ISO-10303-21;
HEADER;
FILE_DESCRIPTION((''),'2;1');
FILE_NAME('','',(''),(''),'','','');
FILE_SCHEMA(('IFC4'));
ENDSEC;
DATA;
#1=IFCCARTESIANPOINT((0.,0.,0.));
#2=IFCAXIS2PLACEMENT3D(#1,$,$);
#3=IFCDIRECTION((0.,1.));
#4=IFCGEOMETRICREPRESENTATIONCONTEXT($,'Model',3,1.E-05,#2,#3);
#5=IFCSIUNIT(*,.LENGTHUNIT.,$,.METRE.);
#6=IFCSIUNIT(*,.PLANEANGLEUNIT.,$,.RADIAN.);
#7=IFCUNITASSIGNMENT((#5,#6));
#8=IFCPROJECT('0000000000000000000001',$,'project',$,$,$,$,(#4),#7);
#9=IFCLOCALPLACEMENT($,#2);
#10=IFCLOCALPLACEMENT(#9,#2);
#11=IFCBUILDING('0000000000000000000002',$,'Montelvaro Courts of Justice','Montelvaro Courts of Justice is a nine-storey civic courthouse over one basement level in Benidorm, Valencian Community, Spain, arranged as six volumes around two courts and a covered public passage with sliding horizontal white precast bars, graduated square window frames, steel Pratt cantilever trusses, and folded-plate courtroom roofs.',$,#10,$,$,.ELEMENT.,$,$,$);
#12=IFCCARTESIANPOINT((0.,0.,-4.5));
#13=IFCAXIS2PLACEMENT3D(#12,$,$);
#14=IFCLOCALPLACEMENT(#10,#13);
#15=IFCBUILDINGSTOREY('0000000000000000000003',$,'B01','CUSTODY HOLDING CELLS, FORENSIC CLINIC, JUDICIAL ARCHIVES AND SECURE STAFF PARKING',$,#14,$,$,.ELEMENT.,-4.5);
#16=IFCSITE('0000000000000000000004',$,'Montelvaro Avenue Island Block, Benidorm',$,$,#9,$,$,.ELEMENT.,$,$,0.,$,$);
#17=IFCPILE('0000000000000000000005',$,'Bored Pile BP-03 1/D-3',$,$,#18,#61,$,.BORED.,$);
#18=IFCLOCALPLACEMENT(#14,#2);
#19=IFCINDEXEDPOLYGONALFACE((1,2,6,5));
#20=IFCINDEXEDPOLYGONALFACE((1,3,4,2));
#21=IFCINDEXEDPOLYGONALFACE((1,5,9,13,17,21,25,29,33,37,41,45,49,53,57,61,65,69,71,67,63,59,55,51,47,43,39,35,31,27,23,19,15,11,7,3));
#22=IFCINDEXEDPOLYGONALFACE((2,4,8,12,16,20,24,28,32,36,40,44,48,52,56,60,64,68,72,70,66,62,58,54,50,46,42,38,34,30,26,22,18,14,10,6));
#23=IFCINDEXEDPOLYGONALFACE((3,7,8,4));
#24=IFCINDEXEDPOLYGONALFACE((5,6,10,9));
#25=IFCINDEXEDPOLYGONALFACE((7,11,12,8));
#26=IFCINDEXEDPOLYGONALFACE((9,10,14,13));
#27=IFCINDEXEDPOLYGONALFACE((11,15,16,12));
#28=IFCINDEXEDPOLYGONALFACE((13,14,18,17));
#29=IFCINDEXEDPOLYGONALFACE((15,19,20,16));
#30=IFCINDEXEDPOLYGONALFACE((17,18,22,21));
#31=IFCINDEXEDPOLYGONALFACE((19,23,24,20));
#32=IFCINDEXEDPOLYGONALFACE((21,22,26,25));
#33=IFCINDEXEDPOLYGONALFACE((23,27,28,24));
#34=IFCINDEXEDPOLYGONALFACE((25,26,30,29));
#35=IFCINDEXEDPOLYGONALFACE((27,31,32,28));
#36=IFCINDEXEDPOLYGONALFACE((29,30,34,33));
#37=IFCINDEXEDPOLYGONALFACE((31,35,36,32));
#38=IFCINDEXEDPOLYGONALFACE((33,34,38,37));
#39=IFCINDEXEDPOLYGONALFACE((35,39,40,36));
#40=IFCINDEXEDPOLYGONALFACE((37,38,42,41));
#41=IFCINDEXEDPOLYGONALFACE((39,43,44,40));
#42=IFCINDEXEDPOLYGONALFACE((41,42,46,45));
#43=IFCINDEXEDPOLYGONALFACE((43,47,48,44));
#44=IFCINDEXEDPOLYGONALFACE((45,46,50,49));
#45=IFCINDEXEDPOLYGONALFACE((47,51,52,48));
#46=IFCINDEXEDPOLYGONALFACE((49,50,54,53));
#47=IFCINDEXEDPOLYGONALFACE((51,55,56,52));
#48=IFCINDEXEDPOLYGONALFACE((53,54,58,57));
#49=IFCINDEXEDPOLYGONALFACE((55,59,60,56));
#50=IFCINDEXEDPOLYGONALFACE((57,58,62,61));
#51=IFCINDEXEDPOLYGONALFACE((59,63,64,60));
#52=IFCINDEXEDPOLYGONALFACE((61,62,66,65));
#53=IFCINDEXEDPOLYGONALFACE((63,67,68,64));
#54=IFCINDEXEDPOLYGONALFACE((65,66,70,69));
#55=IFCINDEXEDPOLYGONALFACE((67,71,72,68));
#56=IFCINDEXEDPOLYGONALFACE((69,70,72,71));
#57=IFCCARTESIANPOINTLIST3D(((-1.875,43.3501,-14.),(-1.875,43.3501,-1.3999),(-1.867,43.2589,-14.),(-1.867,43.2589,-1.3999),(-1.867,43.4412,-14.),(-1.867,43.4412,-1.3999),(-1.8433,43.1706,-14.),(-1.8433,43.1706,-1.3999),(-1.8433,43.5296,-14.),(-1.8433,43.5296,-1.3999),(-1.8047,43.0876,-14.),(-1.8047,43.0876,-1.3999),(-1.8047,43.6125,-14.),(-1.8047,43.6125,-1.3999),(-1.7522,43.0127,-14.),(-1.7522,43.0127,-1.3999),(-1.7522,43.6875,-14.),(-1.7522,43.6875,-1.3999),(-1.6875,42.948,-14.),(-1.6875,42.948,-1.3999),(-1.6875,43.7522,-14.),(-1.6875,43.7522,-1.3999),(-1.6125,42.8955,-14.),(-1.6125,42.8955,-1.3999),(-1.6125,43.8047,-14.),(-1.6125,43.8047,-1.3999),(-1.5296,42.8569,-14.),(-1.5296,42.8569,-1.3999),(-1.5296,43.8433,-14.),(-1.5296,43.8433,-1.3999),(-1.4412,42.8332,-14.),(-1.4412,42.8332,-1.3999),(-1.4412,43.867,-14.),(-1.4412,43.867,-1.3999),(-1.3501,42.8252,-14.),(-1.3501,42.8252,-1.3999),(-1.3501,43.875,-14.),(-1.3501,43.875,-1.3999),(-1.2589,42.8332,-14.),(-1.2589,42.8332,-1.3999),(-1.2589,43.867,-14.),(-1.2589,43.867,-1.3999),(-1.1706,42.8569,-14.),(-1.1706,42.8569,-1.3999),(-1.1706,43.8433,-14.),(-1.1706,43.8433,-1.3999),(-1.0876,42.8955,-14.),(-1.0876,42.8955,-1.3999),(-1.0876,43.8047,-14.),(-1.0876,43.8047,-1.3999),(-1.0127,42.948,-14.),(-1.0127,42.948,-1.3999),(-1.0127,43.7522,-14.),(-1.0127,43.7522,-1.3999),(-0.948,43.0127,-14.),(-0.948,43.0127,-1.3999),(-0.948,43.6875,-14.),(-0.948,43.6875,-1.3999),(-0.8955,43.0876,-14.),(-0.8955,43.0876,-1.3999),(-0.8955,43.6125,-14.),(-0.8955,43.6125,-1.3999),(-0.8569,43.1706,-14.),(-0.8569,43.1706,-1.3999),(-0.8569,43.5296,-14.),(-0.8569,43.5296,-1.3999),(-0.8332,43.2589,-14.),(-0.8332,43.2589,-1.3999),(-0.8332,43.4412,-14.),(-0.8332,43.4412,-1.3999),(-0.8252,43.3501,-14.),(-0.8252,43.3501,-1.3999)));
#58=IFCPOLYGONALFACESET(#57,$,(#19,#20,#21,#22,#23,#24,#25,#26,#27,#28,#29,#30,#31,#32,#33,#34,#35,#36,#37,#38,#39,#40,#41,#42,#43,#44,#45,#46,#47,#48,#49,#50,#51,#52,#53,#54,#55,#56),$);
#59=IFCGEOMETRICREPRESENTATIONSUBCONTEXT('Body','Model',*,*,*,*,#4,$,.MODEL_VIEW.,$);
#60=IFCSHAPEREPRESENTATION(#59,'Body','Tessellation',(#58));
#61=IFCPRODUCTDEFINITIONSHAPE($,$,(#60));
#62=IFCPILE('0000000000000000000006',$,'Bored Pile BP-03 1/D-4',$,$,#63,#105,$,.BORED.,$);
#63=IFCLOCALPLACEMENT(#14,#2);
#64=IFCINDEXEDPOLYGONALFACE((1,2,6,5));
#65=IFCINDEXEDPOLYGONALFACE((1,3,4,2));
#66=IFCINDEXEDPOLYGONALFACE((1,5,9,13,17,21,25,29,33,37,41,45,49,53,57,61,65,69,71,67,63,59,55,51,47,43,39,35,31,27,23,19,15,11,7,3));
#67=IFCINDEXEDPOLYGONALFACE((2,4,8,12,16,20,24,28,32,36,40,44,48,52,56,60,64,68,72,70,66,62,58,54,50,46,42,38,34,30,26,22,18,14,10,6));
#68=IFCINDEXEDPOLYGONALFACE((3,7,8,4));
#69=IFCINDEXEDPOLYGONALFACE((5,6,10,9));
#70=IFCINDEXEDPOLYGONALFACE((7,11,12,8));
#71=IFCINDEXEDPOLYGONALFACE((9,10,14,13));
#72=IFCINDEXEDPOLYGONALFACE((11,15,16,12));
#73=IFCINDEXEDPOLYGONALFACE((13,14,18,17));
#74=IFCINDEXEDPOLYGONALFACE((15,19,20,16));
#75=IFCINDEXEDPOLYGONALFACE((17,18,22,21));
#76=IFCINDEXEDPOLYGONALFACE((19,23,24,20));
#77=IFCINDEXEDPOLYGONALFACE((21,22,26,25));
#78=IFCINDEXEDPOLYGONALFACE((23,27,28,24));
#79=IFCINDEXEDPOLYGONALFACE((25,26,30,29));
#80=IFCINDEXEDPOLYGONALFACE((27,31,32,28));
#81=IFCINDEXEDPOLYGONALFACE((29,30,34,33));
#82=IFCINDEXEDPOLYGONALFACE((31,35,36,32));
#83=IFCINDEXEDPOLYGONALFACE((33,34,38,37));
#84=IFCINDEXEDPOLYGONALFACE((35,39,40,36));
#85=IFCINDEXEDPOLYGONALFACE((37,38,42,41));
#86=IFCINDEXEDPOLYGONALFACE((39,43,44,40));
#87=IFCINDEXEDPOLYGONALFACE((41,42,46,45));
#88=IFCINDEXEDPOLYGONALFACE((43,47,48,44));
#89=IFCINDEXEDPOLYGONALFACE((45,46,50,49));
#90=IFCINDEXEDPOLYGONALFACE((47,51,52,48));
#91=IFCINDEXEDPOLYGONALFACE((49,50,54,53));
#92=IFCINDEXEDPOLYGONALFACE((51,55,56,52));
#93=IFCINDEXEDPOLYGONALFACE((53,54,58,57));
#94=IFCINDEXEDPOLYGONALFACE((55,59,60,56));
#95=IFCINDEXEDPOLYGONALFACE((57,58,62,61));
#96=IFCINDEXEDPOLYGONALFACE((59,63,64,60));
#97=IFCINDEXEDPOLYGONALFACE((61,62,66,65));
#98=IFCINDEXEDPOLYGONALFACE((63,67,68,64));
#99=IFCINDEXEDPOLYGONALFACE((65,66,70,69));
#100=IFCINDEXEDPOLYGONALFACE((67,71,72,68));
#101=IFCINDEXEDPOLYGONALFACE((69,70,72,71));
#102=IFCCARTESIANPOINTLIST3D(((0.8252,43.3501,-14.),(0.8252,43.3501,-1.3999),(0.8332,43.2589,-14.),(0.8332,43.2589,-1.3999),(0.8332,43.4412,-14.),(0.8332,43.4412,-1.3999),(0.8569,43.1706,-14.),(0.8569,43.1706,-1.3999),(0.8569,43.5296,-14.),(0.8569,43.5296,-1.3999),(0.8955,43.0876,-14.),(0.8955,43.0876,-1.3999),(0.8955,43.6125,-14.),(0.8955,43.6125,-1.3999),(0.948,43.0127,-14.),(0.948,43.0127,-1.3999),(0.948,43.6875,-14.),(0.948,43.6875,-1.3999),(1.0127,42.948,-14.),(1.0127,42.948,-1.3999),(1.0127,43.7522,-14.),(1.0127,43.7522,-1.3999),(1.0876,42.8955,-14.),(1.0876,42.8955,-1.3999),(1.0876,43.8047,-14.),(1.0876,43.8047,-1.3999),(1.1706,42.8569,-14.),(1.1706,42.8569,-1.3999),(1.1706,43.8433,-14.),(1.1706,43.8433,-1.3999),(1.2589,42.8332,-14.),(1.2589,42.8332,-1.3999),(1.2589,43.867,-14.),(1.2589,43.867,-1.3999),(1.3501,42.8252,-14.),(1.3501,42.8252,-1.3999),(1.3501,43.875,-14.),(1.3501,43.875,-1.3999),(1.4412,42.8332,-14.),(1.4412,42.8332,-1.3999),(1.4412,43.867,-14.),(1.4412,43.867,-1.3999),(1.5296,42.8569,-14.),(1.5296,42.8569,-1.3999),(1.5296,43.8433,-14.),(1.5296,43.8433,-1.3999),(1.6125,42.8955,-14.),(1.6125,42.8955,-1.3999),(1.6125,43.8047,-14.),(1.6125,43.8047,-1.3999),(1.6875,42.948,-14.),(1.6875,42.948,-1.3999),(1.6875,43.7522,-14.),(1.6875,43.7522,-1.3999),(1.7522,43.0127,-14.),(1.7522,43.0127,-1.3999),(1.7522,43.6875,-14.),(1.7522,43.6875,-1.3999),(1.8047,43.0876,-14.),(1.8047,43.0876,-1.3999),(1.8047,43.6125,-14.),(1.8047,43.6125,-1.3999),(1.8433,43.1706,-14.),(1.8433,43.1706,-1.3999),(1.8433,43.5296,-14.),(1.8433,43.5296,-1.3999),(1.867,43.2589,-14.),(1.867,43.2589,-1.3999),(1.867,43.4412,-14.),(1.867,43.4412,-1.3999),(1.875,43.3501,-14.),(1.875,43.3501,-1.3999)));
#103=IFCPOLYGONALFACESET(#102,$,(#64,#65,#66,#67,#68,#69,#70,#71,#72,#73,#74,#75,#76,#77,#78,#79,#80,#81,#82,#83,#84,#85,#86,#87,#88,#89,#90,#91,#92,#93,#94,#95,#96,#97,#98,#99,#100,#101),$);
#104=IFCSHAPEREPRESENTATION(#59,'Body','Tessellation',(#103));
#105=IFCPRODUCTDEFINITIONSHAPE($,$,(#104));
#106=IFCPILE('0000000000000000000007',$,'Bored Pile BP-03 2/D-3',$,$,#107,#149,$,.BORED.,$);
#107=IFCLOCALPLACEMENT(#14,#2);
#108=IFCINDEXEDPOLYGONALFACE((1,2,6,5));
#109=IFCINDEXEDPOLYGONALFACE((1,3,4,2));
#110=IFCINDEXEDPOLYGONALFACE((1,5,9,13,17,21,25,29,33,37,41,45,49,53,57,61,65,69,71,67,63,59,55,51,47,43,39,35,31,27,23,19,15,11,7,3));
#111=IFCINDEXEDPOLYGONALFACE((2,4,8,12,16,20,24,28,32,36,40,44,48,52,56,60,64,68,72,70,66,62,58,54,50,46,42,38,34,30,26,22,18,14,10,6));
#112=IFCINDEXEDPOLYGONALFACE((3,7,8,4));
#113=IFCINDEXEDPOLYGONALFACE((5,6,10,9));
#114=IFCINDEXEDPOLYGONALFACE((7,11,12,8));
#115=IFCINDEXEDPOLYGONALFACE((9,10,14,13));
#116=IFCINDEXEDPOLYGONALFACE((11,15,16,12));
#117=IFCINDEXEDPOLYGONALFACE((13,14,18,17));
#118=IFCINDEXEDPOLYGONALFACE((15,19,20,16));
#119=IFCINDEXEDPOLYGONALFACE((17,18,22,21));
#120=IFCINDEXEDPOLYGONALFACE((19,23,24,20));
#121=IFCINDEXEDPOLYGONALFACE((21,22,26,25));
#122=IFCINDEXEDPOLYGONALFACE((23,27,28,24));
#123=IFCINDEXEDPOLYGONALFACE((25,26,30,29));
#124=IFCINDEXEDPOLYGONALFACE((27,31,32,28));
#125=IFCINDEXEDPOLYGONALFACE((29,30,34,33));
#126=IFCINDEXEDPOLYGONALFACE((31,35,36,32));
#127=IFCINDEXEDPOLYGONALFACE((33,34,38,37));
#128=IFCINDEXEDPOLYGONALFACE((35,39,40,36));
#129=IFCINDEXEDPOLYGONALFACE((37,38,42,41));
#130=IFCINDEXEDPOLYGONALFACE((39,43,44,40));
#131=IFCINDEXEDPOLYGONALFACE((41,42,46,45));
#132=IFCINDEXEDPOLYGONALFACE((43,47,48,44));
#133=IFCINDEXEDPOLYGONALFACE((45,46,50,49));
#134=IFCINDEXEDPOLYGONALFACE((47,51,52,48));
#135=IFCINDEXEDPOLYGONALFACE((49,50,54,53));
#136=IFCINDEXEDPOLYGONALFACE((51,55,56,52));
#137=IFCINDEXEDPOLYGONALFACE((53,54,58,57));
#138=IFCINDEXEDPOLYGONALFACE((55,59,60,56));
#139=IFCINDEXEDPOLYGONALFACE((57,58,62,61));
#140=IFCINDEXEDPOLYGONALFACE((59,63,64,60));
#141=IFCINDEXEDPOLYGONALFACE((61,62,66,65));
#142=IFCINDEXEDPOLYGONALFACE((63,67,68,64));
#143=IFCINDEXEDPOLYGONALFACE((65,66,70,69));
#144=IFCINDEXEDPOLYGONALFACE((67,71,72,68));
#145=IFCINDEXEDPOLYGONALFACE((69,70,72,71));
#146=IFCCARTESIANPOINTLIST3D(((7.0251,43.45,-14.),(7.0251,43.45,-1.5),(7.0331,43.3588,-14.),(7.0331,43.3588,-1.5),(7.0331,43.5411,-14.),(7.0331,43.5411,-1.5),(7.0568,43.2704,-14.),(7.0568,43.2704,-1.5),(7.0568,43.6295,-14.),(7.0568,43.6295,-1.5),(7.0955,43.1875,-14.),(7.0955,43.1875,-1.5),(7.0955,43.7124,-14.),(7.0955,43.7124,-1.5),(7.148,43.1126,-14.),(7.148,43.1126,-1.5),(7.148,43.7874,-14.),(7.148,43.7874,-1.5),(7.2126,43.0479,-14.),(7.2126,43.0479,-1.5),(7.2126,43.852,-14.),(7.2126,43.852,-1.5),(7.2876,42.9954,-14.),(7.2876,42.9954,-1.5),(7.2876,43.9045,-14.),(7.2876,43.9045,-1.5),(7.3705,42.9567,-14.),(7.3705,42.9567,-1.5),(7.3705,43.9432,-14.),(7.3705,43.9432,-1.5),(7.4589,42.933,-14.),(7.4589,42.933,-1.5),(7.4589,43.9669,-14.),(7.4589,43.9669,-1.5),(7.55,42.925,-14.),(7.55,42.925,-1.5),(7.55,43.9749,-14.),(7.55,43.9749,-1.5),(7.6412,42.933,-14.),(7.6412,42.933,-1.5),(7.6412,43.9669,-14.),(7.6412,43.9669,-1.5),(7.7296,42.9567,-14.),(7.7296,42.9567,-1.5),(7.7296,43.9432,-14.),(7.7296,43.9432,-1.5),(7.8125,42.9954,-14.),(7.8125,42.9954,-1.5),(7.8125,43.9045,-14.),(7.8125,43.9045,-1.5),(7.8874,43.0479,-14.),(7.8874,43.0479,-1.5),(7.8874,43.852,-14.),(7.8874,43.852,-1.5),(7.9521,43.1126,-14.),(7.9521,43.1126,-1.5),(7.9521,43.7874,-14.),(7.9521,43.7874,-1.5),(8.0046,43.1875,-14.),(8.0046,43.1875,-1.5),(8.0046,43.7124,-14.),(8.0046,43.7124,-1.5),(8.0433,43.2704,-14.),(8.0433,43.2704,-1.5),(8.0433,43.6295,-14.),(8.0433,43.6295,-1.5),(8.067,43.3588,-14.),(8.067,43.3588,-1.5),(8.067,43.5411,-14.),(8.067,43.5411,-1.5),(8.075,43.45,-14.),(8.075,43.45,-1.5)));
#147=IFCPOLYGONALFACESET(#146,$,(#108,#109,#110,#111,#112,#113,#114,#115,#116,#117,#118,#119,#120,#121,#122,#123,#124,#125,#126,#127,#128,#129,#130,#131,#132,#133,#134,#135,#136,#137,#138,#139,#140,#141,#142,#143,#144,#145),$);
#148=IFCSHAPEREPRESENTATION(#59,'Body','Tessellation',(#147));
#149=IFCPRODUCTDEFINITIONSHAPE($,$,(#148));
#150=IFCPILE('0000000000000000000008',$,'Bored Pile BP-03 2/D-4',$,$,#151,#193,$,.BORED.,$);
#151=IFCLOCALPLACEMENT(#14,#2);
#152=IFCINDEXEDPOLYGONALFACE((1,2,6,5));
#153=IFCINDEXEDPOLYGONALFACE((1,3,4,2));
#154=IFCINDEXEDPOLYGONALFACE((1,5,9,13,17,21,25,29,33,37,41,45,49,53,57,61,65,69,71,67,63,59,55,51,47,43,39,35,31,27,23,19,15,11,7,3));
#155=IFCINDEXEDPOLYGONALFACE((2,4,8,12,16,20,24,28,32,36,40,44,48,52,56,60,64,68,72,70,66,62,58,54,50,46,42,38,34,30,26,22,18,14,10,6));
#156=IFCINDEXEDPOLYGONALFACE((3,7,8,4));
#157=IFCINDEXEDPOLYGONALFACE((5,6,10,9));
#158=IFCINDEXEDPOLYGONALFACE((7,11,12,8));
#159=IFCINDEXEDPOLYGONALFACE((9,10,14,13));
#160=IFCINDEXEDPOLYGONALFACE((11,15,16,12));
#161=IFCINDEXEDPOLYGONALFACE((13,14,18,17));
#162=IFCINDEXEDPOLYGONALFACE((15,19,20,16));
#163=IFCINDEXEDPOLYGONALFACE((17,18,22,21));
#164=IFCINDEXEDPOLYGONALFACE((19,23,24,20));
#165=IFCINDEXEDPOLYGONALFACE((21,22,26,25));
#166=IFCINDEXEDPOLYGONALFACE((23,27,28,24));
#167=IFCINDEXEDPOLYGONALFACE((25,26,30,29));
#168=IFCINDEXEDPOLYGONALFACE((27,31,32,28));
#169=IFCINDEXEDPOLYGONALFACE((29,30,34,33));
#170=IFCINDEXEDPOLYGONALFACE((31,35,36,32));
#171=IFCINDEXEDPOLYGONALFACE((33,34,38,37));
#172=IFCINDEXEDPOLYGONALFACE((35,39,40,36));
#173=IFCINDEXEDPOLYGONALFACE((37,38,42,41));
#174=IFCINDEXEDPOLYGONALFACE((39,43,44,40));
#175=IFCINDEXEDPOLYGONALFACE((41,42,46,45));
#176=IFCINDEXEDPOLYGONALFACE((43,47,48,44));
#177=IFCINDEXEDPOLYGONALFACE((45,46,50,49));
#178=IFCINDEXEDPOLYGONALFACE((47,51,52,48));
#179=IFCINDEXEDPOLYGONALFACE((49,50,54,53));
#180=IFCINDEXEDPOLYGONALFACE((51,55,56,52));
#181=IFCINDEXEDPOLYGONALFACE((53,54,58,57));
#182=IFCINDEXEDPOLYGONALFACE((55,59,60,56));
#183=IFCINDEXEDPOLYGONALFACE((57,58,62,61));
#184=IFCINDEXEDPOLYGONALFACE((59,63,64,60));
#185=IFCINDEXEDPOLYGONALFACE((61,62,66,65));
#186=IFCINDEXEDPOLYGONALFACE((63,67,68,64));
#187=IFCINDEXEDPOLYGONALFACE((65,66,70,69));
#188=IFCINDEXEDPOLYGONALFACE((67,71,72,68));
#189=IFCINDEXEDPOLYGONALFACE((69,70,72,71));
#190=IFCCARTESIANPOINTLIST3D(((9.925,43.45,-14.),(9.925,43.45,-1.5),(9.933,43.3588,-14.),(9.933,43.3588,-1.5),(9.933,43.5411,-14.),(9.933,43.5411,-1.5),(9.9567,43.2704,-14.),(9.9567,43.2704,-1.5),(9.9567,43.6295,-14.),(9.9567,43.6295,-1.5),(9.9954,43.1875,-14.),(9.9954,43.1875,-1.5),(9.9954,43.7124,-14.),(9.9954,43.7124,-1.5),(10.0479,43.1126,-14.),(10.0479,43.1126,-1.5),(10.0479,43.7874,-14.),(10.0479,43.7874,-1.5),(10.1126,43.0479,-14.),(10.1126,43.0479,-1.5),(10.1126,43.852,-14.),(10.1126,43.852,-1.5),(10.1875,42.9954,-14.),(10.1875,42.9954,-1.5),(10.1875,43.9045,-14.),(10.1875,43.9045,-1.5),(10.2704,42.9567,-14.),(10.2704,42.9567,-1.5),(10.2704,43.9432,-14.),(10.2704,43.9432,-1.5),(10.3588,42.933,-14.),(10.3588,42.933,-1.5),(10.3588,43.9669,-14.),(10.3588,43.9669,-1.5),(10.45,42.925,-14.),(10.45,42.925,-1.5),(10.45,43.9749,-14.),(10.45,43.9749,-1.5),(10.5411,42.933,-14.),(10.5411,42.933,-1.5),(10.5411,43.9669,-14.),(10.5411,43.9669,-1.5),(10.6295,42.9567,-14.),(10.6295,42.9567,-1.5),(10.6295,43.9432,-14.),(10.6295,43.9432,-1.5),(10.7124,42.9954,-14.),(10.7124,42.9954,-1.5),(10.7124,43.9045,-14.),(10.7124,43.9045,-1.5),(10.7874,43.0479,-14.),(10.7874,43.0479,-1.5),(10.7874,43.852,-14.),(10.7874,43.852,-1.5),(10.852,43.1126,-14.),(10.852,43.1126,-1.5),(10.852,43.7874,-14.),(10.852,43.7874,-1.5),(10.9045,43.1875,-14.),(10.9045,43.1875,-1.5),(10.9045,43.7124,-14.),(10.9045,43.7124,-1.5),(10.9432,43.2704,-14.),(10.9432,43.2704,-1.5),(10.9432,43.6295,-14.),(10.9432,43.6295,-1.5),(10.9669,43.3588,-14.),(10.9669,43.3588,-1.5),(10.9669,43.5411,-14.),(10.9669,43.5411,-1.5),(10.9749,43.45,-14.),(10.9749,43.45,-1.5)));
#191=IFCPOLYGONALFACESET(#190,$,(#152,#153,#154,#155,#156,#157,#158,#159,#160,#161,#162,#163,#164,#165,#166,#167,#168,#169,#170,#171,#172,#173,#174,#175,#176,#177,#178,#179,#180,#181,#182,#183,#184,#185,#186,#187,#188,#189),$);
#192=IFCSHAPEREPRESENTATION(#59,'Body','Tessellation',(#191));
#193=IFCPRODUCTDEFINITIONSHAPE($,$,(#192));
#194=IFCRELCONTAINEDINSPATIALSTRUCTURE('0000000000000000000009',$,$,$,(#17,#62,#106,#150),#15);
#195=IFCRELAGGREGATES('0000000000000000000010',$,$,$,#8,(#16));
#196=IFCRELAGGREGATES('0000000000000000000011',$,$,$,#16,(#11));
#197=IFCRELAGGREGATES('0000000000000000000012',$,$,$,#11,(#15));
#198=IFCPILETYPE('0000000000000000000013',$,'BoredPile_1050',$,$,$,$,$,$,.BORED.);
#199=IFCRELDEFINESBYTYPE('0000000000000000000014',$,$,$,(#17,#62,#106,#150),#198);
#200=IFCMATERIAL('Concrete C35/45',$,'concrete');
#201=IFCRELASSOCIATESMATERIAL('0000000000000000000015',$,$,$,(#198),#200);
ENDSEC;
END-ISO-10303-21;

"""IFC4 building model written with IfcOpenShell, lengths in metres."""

from ifc_helpers import new_model, si_unit, direction, frame, origin, origin_2d, place, context, subcontext, project, spatial, circle, extrude, material, material_profile, profile_set, type_object, element, save


model = new_model("IFC4")

# Units and contexts
model_context = context("Model", 3, precision=1e-05, world=origin(), true_north=direction((0.0, 1.0)))
body_context = subcontext(model_context, "Body", "Model", "MODEL_VIEW")
ifc_project = project(units=[si_unit("LENGTHUNIT", "METRE"), si_unit("PLANEANGLEUNIT", "RADIAN")], contexts=[model_context])

# Site, building, storey
site_placement = place(None, origin())
site = spatial("IfcSite", under=ifc_project, at=site_placement, Name="Montelvaro Avenue Island Block, Benidorm", CompositionType="ELEMENT", RefElevation=0.0)
building_placement = place(site_placement, origin())
building = spatial("IfcBuilding", under=site, at=building_placement, Name="Montelvaro Courts of Justice", Description="Montelvaro Courts of Justice is a nine-storey civic courthouse over one basement level in Benidorm, Valencian Community, Spain, arranged as six volumes around two courts and a covered public passage with sliding horizontal white precast bars, graduated square window frames, steel Pratt cantilever trusses, and folded-plate courtroom roofs.", CompositionType="ELEMENT")
storey_placement = place(building_placement, frame((0.0, 0.0, -4.5)))
storey = spatial("IfcBuildingStorey", under=building, at=storey_placement, Name="B01", Description="CUSTODY HOLDING CELLS, FORENSIC CLINIC, JUDICIAL ARCHIVES AND SECURE STAFF PARKING", CompositionType="ELEMENT", Elevation=-4.5)

# Piles
ifc_material_1 = material(Name="Concrete C35/45", Category="concrete")
ifc_material_profile_1 = material_profile(ifc_material_1, circle(Radius=0.5249, at=origin_2d()), Name="BORED PILE D1050")
ifc_profile_set_1 = profile_set([ifc_material_profile_1], Name="Concrete C35/45")
pile_type_1 = type_object("IfcPileType", Name="BoredPile_1050", PredefinedType="BORED", material=ifc_profile_set_1)
for number, where, z_axis, x_axis, name in (
    (1, (-1.3501, 43.3501, -1.3999), (0.0, 0.0, -1.0), (1.0, 0.0, 0.0), "Bored Pile BP-03 1/D-3"),
    (2, (1.3501, 43.3501, -1.3999), (0.0, 0.0, -1.0), (1.0, 0.0, 0.0), "Bored Pile BP-03 1/D-4"),
):
    element("IfcPile", number, at=place(storey_placement, frame(where, z_axis=z_axis, x_axis=x_axis)), inside=storey, type_object=pile_type_1, Name=name, PredefinedType="BORED", context=body_context, shape_type="SweptSolid", body=[
        extrude(circle(Radius=0.5249, at=origin_2d()), origin(), (0.0, 0.0, 1.0), 12.6001),
    ])
for number, where, z_axis, x_axis, name in (
    (3, (7.55, 43.45, -1.5), (0.0, 0.0, -1.0), (1.0, 0.0, 0.0), "Bored Pile BP-03 2/D-3"),
    (4, (10.45, 43.45, -1.5), (0.0, 0.0, -1.0), (1.0, 0.0, 0.0), "Bored Pile BP-03 2/D-4"),
):
    element("IfcPile", number, at=place(storey_placement, frame(where, z_axis=z_axis, x_axis=x_axis)), inside=storey, type_object=pile_type_1, Name=name, PredefinedType="BORED", context=body_context, shape_type="SweptSolid", body=[
        extrude(circle(Radius=0.5249, at=origin_2d()), origin(), (0.0, 0.0, 1.0), 12.5),
    ])

save(model, "model.ifc")
